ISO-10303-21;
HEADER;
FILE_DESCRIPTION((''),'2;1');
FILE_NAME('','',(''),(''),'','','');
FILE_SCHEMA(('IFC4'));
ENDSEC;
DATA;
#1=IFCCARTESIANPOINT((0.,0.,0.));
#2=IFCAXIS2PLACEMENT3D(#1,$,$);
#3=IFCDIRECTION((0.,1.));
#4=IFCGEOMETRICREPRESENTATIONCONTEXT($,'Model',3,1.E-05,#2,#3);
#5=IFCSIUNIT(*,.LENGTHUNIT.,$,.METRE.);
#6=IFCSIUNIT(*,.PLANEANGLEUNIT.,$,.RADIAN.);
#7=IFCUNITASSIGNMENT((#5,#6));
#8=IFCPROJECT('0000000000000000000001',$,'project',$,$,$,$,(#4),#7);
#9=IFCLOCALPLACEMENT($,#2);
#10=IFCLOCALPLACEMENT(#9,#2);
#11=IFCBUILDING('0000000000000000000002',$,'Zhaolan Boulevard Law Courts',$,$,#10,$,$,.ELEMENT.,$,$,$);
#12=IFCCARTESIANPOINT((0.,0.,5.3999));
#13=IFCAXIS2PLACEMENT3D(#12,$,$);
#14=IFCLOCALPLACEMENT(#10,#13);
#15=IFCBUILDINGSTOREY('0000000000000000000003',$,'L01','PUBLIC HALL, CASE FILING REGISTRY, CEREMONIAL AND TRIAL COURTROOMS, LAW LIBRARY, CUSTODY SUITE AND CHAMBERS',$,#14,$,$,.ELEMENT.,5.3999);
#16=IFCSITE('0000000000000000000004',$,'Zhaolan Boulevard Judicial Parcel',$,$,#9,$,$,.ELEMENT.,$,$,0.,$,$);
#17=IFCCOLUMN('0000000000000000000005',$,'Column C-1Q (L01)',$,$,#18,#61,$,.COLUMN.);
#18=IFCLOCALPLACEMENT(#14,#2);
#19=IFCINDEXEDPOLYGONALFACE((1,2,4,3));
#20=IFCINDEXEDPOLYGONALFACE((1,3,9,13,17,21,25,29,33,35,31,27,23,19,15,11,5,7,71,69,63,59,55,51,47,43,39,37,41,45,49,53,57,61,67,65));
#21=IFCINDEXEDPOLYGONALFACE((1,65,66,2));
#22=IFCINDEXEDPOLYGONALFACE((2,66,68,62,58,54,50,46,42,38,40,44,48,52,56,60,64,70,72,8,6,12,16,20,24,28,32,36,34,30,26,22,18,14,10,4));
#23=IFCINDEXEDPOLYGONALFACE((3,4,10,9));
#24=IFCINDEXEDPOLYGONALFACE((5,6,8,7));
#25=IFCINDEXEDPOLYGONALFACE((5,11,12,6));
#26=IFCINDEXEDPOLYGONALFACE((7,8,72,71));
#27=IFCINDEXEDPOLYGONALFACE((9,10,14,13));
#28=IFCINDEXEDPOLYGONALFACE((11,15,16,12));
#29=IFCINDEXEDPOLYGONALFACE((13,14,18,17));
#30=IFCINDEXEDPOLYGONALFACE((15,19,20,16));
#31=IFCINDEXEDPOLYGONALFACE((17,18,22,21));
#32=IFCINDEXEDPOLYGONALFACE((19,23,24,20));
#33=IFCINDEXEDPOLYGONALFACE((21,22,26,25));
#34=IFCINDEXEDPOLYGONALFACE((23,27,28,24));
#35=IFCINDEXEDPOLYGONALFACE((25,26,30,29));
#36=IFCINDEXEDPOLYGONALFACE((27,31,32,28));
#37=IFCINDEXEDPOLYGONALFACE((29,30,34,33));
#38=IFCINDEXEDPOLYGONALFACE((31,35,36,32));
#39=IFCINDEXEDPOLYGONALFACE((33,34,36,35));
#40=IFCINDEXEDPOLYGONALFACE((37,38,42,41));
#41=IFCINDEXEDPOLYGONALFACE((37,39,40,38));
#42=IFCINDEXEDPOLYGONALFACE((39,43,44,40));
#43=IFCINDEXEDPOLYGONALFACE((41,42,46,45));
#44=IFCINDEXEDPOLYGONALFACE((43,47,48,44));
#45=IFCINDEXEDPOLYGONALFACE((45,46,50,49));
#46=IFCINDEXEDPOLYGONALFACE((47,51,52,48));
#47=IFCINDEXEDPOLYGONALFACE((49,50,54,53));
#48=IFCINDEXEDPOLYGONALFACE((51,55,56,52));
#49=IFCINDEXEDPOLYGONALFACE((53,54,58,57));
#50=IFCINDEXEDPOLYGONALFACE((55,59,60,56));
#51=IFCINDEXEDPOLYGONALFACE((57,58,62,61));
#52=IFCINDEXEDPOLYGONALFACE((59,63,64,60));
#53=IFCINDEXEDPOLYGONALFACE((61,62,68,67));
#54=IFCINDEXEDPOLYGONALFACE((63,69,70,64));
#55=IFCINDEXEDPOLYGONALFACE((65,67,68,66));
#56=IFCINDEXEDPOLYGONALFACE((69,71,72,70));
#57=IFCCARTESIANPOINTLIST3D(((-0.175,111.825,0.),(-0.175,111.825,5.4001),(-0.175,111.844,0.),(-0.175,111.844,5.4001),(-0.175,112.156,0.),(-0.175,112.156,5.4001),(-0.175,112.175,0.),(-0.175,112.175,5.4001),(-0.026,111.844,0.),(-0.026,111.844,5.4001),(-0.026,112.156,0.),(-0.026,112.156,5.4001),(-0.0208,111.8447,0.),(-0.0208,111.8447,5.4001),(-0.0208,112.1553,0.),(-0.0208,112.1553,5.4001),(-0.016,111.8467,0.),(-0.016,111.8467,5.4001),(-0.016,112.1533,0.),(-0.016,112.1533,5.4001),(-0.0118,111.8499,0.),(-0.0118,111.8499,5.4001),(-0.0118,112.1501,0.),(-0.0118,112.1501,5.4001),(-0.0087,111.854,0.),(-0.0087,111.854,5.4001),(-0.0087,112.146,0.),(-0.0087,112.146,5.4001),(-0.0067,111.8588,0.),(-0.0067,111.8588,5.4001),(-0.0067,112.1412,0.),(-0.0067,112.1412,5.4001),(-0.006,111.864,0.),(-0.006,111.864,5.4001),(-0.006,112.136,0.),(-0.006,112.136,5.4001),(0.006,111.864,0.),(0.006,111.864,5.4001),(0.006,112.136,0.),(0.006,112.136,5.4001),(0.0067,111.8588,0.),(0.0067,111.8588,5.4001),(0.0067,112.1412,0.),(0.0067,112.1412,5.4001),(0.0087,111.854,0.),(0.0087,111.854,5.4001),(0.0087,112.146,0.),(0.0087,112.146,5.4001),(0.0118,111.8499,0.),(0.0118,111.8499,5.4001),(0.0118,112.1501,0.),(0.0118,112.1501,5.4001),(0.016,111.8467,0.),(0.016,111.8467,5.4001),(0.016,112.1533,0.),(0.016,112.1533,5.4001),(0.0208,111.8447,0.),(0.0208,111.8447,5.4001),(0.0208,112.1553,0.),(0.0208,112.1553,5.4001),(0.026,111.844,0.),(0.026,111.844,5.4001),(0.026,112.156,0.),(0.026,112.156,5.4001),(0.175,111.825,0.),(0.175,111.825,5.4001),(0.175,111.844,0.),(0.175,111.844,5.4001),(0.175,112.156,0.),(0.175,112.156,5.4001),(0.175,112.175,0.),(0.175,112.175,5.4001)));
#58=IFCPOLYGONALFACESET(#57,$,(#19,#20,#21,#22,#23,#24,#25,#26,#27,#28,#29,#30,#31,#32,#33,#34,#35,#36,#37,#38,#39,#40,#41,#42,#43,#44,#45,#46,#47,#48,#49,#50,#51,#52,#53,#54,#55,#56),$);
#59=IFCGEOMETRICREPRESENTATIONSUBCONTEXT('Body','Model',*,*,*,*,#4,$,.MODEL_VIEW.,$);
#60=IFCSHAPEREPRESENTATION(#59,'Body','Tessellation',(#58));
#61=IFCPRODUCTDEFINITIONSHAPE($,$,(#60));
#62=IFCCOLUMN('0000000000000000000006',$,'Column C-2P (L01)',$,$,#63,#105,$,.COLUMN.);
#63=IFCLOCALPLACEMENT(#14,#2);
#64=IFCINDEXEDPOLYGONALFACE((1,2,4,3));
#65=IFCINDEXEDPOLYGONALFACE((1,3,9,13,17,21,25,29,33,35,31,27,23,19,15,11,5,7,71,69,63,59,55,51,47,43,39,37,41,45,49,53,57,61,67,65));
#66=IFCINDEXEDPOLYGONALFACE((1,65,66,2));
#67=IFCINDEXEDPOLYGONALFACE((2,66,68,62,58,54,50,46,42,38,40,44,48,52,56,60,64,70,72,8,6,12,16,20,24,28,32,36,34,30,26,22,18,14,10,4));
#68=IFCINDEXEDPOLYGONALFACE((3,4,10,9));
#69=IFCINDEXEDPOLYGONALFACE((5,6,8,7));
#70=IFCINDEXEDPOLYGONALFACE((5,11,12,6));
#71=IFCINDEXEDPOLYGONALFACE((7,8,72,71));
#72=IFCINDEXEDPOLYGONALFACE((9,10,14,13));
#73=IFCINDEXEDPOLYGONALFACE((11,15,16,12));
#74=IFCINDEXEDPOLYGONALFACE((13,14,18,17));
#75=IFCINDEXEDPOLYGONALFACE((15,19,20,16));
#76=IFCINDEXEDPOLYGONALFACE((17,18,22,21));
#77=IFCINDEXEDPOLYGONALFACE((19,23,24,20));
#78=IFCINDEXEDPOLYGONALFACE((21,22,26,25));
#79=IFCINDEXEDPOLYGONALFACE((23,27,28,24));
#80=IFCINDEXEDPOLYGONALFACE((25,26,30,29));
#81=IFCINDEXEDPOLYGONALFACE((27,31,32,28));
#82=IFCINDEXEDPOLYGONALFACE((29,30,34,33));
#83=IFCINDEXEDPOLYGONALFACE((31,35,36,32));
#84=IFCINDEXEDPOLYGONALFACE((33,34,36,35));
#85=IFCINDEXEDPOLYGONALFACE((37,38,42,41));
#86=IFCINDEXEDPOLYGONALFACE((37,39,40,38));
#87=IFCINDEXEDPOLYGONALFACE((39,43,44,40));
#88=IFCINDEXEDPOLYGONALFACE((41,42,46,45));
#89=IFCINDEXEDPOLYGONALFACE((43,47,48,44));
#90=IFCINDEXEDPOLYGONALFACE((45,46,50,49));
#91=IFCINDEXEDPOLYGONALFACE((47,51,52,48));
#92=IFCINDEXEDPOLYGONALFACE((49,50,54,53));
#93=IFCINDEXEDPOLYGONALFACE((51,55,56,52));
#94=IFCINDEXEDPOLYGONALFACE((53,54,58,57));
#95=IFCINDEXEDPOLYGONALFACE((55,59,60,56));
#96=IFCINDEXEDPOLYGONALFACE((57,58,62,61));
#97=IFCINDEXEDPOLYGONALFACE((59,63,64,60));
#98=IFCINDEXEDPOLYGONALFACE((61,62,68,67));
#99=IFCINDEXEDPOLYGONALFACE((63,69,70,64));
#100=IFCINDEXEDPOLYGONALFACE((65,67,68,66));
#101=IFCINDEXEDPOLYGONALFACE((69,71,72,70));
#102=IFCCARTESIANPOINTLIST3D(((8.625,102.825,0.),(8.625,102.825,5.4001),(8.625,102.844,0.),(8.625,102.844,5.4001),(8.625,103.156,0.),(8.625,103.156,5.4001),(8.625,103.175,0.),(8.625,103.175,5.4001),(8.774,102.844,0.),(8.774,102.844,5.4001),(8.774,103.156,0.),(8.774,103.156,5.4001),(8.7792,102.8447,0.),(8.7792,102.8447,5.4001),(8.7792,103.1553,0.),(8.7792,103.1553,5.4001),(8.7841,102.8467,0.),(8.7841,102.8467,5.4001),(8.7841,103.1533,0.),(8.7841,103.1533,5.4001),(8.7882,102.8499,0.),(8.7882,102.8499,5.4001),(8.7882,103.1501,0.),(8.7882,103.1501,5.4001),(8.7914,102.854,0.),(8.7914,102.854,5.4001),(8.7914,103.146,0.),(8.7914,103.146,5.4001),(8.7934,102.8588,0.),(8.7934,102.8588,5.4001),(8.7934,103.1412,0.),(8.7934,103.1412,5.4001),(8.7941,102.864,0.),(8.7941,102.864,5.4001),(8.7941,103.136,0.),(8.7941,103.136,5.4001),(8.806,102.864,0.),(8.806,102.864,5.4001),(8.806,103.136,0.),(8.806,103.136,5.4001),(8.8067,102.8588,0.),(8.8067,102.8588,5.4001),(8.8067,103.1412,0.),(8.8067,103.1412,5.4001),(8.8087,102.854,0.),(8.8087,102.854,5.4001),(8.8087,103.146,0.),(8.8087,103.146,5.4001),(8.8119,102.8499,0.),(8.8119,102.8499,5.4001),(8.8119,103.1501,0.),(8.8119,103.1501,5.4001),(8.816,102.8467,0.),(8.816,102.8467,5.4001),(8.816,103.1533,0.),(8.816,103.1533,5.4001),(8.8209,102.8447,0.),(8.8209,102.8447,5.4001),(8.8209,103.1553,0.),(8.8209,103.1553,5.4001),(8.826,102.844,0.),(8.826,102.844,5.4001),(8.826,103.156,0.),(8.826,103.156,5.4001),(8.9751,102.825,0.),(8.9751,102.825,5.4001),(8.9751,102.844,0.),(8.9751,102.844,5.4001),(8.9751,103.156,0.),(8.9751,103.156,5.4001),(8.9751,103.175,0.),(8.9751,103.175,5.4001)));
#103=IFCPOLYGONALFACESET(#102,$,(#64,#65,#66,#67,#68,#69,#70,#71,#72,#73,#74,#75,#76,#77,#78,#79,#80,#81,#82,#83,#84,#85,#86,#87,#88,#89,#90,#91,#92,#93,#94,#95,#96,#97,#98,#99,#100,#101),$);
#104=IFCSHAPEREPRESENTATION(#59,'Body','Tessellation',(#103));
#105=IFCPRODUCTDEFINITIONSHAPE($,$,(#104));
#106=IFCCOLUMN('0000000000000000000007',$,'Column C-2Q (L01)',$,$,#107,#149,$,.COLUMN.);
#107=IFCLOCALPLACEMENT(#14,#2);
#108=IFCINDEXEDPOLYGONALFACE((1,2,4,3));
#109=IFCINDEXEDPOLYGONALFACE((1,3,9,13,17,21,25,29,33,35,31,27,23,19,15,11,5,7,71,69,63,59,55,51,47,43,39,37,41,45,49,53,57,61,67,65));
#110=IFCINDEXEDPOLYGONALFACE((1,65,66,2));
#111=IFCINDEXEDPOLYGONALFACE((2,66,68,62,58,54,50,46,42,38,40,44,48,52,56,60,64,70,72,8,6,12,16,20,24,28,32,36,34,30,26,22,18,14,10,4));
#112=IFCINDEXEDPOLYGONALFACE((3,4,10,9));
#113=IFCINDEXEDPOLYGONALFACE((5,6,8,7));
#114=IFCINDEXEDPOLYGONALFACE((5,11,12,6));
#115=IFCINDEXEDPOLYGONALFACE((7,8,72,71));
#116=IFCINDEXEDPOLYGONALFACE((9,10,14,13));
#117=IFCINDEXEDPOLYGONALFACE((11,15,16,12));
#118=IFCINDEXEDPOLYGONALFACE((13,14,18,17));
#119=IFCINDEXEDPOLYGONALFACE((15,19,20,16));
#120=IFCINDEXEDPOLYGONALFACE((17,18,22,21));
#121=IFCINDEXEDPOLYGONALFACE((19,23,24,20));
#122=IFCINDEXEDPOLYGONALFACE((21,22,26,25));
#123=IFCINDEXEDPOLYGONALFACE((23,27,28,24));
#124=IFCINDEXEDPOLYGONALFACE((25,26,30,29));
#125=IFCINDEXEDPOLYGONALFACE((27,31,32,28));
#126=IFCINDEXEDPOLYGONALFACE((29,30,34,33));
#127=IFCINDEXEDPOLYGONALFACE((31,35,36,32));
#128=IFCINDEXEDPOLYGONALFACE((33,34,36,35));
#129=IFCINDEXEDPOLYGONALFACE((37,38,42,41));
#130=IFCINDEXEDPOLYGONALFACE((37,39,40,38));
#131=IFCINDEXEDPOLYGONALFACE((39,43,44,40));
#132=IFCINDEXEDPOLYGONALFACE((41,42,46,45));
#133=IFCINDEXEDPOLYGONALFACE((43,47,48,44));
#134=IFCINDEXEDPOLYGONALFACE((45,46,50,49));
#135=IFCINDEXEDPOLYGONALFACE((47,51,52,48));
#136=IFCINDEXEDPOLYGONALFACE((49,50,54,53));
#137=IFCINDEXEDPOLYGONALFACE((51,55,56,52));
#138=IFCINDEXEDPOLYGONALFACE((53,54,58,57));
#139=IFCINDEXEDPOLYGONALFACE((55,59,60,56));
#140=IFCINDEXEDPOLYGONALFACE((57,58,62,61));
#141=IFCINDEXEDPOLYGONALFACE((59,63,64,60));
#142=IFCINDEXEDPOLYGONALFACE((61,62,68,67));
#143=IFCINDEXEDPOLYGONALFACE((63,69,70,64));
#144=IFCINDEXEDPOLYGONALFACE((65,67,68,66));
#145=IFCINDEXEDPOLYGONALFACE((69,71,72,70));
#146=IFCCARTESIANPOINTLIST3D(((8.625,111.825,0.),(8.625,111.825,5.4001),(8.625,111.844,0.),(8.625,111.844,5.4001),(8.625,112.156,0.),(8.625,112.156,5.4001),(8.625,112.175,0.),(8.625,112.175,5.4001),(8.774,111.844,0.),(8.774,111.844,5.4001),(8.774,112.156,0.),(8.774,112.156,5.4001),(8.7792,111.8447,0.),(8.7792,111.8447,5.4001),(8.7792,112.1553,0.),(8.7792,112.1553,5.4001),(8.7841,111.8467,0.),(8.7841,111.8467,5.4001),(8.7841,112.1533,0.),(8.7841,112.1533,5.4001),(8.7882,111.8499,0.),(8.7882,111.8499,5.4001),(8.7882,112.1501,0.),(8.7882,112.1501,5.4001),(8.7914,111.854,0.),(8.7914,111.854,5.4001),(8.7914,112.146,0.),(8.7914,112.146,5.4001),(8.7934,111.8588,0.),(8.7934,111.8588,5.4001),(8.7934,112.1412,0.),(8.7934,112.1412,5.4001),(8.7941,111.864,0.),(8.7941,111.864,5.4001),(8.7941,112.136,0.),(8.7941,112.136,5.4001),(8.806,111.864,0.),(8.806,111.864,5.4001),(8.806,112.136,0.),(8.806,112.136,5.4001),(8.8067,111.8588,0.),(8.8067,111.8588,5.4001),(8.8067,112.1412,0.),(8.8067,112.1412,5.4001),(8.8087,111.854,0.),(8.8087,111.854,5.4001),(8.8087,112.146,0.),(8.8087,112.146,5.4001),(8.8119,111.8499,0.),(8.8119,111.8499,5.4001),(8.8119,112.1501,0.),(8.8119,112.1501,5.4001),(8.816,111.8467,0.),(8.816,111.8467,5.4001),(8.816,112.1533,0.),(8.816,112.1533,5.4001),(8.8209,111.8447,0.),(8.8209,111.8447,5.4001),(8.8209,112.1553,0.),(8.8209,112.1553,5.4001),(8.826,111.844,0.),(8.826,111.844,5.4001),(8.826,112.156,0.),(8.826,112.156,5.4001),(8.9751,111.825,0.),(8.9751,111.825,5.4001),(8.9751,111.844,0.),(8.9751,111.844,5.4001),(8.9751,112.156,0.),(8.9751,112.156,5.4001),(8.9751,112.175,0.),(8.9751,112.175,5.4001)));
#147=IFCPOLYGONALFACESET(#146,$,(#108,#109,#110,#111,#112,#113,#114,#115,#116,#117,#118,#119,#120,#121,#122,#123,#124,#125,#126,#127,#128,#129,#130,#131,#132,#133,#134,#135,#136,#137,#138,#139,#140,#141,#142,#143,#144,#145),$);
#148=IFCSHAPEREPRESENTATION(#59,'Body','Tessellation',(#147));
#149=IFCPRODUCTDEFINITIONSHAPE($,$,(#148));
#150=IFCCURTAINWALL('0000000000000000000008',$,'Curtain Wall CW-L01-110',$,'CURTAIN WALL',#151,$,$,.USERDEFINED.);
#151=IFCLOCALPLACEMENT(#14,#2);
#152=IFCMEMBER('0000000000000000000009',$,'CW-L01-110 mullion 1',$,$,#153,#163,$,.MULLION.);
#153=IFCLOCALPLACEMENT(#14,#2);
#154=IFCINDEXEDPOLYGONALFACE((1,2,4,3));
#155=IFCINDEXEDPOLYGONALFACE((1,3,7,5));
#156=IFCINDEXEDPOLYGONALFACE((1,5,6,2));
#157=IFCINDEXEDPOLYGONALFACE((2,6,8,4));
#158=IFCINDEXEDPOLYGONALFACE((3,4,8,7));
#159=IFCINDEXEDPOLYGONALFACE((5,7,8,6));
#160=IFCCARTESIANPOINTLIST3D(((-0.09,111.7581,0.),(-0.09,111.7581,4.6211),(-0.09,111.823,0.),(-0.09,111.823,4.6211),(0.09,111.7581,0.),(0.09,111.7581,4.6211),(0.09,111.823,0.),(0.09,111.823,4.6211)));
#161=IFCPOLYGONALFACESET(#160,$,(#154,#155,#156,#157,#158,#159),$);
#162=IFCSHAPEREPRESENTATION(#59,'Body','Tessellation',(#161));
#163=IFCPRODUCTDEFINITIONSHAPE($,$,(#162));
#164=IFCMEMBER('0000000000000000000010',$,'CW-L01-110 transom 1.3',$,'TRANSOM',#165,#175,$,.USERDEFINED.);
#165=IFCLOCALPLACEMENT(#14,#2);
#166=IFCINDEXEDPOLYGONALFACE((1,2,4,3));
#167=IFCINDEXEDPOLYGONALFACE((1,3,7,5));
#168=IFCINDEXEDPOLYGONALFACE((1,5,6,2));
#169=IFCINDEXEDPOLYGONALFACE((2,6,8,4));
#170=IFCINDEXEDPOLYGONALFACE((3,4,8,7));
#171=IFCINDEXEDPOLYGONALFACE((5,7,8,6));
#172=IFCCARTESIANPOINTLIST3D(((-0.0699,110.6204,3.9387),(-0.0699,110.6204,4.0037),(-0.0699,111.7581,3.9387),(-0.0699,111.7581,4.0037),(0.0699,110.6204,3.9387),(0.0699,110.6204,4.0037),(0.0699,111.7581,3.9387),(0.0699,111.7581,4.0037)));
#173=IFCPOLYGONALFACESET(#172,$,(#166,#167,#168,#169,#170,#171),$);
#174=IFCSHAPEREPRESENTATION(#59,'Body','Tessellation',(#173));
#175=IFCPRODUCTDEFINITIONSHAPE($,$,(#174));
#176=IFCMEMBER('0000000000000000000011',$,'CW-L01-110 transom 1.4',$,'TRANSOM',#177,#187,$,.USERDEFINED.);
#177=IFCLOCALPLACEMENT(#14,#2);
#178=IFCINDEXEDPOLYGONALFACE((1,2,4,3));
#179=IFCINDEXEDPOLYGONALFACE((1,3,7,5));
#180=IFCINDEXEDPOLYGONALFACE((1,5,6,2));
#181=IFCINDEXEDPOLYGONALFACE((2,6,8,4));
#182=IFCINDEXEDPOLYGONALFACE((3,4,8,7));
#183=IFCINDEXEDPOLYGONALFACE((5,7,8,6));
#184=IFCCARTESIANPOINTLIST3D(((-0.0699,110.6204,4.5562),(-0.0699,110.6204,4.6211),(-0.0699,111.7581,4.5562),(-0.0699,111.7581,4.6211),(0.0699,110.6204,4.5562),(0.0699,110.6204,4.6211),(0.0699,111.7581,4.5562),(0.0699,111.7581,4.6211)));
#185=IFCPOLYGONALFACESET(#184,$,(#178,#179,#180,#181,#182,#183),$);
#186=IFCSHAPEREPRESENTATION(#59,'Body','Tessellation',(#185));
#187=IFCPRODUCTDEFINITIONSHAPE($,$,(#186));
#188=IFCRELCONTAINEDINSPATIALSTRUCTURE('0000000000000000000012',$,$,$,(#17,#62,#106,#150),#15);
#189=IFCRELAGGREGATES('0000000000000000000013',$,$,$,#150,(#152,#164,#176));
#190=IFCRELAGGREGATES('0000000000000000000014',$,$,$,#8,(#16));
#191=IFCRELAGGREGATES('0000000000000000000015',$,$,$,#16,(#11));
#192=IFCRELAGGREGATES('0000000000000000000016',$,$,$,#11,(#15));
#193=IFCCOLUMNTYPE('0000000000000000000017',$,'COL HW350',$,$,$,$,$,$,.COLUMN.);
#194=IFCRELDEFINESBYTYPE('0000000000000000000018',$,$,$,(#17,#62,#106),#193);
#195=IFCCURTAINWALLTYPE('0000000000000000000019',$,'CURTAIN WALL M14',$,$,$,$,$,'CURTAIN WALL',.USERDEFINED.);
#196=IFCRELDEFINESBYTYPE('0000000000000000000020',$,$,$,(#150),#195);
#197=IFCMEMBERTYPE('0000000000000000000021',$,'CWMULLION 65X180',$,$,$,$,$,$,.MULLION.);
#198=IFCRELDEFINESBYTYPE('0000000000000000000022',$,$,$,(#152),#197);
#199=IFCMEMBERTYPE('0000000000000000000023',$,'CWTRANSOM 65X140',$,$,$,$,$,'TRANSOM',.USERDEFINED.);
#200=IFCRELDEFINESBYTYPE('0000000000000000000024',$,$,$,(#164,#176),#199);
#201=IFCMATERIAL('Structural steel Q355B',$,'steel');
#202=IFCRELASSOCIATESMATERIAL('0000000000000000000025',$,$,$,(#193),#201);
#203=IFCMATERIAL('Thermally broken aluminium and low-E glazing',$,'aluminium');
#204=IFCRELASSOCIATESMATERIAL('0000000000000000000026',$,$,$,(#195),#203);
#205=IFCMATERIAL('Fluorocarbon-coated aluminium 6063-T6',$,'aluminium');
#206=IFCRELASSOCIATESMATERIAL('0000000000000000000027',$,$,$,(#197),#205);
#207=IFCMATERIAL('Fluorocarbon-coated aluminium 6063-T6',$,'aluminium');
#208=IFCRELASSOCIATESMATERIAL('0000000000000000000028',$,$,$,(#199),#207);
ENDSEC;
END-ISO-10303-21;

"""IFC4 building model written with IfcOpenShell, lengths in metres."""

from ifc_helpers import new_model, si_unit, direction, frame, origin, origin_2d, place, context, subcontext, project, spatial, rectangle, i_section, extrude, material, material_profile, profile_set, type_object, element, aggregate, save


model = new_model("IFC4")

# Units and contexts
model_context = context("Model", 3, precision=1e-05, world=origin(), true_north=direction((0.0, 1.0)))
body_context = subcontext(model_context, "Body", "Model", "MODEL_VIEW")
ifc_project = project(units=[si_unit("LENGTHUNIT", "METRE"), si_unit("PLANEANGLEUNIT", "RADIAN")], contexts=[model_context])

# Site, building, storey
site_placement = place(None, origin())
site = spatial("IfcSite", under=ifc_project, at=site_placement, Name="Zhaolan Boulevard Judicial Parcel", CompositionType="ELEMENT", RefElevation=0.0)
building_placement = place(site_placement, origin())
building = spatial("IfcBuilding", under=site, at=building_placement, Name="Zhaolan Boulevard Law Courts", CompositionType="ELEMENT")
storey_placement = place(building_placement, frame((0.0, 0.0, 5.3999)))
storey = spatial("IfcBuildingStorey", under=building, at=storey_placement, Name="L01", Description="PUBLIC HALL, CASE FILING REGISTRY, CEREMONIAL AND TRIAL COURTROOMS, LAW LIBRARY, CUSTODY SUITE AND CHAMBERS", CompositionType="ELEMENT", Elevation=5.3999)

# Columns
ifc_material_1 = material(Name="Structural steel Q355B", Category="steel")
ifc_material_profile_1 = material_profile(ifc_material_1, i_section(OverallWidth=0.3501, OverallDepth=0.3501, WebThickness=0.012, FlangeThickness=0.019, FilletRadius=0.02, at=origin_2d()), Name="HW350x350")
ifc_profile_set_1 = profile_set([ifc_material_profile_1], Name="Structural steel Q355B")
column_type = type_object("IfcColumnType", Name="COL HW350", PredefinedType="COLUMN", material=ifc_profile_set_1)
for number, where, z_axis, x_axis, name in (
    (1, (0.0, 112.0, 0.0), (0.0, 0.0, 1.0), (1.0, 0.0, 0.0), "Column C-1Q (L01)"),
    (2, (8.8, 103.0, 0.0), (0.0, 0.0, 1.0), (1.0, 0.0, 0.0), "Column C-2P (L01)"),
    (3, (8.8, 112.0, 0.0), (0.0, 0.0, 1.0), (1.0, 0.0, 0.0), "Column C-2Q (L01)"),
):
    element("IfcColumn", number, at=place(storey_placement, frame(where, z_axis=z_axis, x_axis=x_axis)), inside=storey, type_object=column_type, Name=name, PredefinedType="COLUMN", context=body_context, shape_type="SweptSolid", body=[
        extrude(i_section(OverallWidth=0.3501, OverallDepth=0.3501, WebThickness=0.012, FlangeThickness=0.019, FilletRadius=0.02, at=origin_2d()), origin(), (0.0, 0.0, 1.0), 5.4001),
    ])

# Curtain wall, members
ifc_material_2 = material(Name="Thermally broken aluminium and low-E glazing", Category="aluminium")
curtain_wall_type = type_object("IfcCurtainWallType", Name="CURTAIN WALL M14", ElementType="CURTAIN WALL", PredefinedType="USERDEFINED", material=ifc_material_2)
curtain_wall_placement = place(storey_placement, origin())
curtain_wall = element("IfcCurtainWall", 4, at=curtain_wall_placement, inside=storey, type_object=curtain_wall_type, Name="Curtain Wall CW-L01-110", ObjectType="CURTAIN WALL", PredefinedType="USERDEFINED")
ifc_material_3 = material(Name="Fluorocarbon-coated aluminium 6063-T6", Category="aluminium")
ifc_material_profile_2 = material_profile(ifc_material_3, rectangle(XDim=0.1799, YDim=0.0649, at=origin_2d()), Name="AL65x180")
ifc_profile_set_2 = profile_set([ifc_material_profile_2], Name="Fluorocarbon-coated aluminium 6063-T6")
member_type_1 = type_object("IfcMemberType", Name="CWMULLION 65X180", PredefinedType="MULLION", material=ifc_profile_set_2)
member_1_placement = place(storey_placement, frame((0.0, 111.7905, 0.0), z_axis=(0.0, 0.0, 1.0), x_axis=(1.0, 0.0, 0.0)))
member_1 = element("IfcMember", 5, at=member_1_placement, type_object=member_type_1, Name="CW-L01-110 mullion 1", PredefinedType="MULLION", context=body_context, shape_type="SweptSolid", body=[
    extrude(rectangle(XDim=0.1799, YDim=0.0649, at=origin_2d()), origin(), (0.0, 0.0, 1.0), 4.6211),
])
ifc_material_4 = material(Name="Fluorocarbon-coated aluminium 6063-T6", Category="aluminium")
ifc_material_profile_3 = material_profile(ifc_material_4, rectangle(XDim=0.1399, YDim=0.0649, at=origin_2d()), Name="AL65x140")
ifc_profile_set_3 = profile_set([ifc_material_profile_3], Name="Fluorocarbon-coated aluminium 6063-T6")
member_type_2 = type_object("IfcMemberType", Name="CWTRANSOM 65X140", ElementType="TRANSOM", PredefinedType="USERDEFINED", material=ifc_profile_set_3)
member_2_placement = place(storey_placement, frame((0.0, 111.7581, 3.9712), z_axis=(0.0, -1.0, 0.0), x_axis=(1.0, 0.0, 0.0)))
member_2 = element("IfcMember", 6, at=member_2_placement, type_object=member_type_2, Name="CW-L01-110 transom 1.3", ObjectType="TRANSOM", PredefinedType="USERDEFINED", context=body_context, shape_type="SweptSolid", body=[
    extrude(rectangle(XDim=0.1399, YDim=0.0649, at=origin_2d()), origin(), (0.0, 0.0, 1.0), 1.1377),
])
member_3_placement = place(storey_placement, frame((0.0, 111.7581, 4.5886), z_axis=(0.0, -1.0, 0.0), x_axis=(1.0, 0.0, 0.0)))
member_3 = element("IfcMember", 7, at=member_3_placement, type_object=member_type_2, Name="CW-L01-110 transom 1.4", ObjectType="TRANSOM", PredefinedType="USERDEFINED", context=body_context, shape_type="SweptSolid", body=[
    extrude(rectangle(XDim=0.1399, YDim=0.0649, at=origin_2d()), origin(), (0.0, 0.0, 1.0), 1.1377),
])
aggregate(curtain_wall, [member_1, member_2, member_3])

save(model, "model.ifc")
